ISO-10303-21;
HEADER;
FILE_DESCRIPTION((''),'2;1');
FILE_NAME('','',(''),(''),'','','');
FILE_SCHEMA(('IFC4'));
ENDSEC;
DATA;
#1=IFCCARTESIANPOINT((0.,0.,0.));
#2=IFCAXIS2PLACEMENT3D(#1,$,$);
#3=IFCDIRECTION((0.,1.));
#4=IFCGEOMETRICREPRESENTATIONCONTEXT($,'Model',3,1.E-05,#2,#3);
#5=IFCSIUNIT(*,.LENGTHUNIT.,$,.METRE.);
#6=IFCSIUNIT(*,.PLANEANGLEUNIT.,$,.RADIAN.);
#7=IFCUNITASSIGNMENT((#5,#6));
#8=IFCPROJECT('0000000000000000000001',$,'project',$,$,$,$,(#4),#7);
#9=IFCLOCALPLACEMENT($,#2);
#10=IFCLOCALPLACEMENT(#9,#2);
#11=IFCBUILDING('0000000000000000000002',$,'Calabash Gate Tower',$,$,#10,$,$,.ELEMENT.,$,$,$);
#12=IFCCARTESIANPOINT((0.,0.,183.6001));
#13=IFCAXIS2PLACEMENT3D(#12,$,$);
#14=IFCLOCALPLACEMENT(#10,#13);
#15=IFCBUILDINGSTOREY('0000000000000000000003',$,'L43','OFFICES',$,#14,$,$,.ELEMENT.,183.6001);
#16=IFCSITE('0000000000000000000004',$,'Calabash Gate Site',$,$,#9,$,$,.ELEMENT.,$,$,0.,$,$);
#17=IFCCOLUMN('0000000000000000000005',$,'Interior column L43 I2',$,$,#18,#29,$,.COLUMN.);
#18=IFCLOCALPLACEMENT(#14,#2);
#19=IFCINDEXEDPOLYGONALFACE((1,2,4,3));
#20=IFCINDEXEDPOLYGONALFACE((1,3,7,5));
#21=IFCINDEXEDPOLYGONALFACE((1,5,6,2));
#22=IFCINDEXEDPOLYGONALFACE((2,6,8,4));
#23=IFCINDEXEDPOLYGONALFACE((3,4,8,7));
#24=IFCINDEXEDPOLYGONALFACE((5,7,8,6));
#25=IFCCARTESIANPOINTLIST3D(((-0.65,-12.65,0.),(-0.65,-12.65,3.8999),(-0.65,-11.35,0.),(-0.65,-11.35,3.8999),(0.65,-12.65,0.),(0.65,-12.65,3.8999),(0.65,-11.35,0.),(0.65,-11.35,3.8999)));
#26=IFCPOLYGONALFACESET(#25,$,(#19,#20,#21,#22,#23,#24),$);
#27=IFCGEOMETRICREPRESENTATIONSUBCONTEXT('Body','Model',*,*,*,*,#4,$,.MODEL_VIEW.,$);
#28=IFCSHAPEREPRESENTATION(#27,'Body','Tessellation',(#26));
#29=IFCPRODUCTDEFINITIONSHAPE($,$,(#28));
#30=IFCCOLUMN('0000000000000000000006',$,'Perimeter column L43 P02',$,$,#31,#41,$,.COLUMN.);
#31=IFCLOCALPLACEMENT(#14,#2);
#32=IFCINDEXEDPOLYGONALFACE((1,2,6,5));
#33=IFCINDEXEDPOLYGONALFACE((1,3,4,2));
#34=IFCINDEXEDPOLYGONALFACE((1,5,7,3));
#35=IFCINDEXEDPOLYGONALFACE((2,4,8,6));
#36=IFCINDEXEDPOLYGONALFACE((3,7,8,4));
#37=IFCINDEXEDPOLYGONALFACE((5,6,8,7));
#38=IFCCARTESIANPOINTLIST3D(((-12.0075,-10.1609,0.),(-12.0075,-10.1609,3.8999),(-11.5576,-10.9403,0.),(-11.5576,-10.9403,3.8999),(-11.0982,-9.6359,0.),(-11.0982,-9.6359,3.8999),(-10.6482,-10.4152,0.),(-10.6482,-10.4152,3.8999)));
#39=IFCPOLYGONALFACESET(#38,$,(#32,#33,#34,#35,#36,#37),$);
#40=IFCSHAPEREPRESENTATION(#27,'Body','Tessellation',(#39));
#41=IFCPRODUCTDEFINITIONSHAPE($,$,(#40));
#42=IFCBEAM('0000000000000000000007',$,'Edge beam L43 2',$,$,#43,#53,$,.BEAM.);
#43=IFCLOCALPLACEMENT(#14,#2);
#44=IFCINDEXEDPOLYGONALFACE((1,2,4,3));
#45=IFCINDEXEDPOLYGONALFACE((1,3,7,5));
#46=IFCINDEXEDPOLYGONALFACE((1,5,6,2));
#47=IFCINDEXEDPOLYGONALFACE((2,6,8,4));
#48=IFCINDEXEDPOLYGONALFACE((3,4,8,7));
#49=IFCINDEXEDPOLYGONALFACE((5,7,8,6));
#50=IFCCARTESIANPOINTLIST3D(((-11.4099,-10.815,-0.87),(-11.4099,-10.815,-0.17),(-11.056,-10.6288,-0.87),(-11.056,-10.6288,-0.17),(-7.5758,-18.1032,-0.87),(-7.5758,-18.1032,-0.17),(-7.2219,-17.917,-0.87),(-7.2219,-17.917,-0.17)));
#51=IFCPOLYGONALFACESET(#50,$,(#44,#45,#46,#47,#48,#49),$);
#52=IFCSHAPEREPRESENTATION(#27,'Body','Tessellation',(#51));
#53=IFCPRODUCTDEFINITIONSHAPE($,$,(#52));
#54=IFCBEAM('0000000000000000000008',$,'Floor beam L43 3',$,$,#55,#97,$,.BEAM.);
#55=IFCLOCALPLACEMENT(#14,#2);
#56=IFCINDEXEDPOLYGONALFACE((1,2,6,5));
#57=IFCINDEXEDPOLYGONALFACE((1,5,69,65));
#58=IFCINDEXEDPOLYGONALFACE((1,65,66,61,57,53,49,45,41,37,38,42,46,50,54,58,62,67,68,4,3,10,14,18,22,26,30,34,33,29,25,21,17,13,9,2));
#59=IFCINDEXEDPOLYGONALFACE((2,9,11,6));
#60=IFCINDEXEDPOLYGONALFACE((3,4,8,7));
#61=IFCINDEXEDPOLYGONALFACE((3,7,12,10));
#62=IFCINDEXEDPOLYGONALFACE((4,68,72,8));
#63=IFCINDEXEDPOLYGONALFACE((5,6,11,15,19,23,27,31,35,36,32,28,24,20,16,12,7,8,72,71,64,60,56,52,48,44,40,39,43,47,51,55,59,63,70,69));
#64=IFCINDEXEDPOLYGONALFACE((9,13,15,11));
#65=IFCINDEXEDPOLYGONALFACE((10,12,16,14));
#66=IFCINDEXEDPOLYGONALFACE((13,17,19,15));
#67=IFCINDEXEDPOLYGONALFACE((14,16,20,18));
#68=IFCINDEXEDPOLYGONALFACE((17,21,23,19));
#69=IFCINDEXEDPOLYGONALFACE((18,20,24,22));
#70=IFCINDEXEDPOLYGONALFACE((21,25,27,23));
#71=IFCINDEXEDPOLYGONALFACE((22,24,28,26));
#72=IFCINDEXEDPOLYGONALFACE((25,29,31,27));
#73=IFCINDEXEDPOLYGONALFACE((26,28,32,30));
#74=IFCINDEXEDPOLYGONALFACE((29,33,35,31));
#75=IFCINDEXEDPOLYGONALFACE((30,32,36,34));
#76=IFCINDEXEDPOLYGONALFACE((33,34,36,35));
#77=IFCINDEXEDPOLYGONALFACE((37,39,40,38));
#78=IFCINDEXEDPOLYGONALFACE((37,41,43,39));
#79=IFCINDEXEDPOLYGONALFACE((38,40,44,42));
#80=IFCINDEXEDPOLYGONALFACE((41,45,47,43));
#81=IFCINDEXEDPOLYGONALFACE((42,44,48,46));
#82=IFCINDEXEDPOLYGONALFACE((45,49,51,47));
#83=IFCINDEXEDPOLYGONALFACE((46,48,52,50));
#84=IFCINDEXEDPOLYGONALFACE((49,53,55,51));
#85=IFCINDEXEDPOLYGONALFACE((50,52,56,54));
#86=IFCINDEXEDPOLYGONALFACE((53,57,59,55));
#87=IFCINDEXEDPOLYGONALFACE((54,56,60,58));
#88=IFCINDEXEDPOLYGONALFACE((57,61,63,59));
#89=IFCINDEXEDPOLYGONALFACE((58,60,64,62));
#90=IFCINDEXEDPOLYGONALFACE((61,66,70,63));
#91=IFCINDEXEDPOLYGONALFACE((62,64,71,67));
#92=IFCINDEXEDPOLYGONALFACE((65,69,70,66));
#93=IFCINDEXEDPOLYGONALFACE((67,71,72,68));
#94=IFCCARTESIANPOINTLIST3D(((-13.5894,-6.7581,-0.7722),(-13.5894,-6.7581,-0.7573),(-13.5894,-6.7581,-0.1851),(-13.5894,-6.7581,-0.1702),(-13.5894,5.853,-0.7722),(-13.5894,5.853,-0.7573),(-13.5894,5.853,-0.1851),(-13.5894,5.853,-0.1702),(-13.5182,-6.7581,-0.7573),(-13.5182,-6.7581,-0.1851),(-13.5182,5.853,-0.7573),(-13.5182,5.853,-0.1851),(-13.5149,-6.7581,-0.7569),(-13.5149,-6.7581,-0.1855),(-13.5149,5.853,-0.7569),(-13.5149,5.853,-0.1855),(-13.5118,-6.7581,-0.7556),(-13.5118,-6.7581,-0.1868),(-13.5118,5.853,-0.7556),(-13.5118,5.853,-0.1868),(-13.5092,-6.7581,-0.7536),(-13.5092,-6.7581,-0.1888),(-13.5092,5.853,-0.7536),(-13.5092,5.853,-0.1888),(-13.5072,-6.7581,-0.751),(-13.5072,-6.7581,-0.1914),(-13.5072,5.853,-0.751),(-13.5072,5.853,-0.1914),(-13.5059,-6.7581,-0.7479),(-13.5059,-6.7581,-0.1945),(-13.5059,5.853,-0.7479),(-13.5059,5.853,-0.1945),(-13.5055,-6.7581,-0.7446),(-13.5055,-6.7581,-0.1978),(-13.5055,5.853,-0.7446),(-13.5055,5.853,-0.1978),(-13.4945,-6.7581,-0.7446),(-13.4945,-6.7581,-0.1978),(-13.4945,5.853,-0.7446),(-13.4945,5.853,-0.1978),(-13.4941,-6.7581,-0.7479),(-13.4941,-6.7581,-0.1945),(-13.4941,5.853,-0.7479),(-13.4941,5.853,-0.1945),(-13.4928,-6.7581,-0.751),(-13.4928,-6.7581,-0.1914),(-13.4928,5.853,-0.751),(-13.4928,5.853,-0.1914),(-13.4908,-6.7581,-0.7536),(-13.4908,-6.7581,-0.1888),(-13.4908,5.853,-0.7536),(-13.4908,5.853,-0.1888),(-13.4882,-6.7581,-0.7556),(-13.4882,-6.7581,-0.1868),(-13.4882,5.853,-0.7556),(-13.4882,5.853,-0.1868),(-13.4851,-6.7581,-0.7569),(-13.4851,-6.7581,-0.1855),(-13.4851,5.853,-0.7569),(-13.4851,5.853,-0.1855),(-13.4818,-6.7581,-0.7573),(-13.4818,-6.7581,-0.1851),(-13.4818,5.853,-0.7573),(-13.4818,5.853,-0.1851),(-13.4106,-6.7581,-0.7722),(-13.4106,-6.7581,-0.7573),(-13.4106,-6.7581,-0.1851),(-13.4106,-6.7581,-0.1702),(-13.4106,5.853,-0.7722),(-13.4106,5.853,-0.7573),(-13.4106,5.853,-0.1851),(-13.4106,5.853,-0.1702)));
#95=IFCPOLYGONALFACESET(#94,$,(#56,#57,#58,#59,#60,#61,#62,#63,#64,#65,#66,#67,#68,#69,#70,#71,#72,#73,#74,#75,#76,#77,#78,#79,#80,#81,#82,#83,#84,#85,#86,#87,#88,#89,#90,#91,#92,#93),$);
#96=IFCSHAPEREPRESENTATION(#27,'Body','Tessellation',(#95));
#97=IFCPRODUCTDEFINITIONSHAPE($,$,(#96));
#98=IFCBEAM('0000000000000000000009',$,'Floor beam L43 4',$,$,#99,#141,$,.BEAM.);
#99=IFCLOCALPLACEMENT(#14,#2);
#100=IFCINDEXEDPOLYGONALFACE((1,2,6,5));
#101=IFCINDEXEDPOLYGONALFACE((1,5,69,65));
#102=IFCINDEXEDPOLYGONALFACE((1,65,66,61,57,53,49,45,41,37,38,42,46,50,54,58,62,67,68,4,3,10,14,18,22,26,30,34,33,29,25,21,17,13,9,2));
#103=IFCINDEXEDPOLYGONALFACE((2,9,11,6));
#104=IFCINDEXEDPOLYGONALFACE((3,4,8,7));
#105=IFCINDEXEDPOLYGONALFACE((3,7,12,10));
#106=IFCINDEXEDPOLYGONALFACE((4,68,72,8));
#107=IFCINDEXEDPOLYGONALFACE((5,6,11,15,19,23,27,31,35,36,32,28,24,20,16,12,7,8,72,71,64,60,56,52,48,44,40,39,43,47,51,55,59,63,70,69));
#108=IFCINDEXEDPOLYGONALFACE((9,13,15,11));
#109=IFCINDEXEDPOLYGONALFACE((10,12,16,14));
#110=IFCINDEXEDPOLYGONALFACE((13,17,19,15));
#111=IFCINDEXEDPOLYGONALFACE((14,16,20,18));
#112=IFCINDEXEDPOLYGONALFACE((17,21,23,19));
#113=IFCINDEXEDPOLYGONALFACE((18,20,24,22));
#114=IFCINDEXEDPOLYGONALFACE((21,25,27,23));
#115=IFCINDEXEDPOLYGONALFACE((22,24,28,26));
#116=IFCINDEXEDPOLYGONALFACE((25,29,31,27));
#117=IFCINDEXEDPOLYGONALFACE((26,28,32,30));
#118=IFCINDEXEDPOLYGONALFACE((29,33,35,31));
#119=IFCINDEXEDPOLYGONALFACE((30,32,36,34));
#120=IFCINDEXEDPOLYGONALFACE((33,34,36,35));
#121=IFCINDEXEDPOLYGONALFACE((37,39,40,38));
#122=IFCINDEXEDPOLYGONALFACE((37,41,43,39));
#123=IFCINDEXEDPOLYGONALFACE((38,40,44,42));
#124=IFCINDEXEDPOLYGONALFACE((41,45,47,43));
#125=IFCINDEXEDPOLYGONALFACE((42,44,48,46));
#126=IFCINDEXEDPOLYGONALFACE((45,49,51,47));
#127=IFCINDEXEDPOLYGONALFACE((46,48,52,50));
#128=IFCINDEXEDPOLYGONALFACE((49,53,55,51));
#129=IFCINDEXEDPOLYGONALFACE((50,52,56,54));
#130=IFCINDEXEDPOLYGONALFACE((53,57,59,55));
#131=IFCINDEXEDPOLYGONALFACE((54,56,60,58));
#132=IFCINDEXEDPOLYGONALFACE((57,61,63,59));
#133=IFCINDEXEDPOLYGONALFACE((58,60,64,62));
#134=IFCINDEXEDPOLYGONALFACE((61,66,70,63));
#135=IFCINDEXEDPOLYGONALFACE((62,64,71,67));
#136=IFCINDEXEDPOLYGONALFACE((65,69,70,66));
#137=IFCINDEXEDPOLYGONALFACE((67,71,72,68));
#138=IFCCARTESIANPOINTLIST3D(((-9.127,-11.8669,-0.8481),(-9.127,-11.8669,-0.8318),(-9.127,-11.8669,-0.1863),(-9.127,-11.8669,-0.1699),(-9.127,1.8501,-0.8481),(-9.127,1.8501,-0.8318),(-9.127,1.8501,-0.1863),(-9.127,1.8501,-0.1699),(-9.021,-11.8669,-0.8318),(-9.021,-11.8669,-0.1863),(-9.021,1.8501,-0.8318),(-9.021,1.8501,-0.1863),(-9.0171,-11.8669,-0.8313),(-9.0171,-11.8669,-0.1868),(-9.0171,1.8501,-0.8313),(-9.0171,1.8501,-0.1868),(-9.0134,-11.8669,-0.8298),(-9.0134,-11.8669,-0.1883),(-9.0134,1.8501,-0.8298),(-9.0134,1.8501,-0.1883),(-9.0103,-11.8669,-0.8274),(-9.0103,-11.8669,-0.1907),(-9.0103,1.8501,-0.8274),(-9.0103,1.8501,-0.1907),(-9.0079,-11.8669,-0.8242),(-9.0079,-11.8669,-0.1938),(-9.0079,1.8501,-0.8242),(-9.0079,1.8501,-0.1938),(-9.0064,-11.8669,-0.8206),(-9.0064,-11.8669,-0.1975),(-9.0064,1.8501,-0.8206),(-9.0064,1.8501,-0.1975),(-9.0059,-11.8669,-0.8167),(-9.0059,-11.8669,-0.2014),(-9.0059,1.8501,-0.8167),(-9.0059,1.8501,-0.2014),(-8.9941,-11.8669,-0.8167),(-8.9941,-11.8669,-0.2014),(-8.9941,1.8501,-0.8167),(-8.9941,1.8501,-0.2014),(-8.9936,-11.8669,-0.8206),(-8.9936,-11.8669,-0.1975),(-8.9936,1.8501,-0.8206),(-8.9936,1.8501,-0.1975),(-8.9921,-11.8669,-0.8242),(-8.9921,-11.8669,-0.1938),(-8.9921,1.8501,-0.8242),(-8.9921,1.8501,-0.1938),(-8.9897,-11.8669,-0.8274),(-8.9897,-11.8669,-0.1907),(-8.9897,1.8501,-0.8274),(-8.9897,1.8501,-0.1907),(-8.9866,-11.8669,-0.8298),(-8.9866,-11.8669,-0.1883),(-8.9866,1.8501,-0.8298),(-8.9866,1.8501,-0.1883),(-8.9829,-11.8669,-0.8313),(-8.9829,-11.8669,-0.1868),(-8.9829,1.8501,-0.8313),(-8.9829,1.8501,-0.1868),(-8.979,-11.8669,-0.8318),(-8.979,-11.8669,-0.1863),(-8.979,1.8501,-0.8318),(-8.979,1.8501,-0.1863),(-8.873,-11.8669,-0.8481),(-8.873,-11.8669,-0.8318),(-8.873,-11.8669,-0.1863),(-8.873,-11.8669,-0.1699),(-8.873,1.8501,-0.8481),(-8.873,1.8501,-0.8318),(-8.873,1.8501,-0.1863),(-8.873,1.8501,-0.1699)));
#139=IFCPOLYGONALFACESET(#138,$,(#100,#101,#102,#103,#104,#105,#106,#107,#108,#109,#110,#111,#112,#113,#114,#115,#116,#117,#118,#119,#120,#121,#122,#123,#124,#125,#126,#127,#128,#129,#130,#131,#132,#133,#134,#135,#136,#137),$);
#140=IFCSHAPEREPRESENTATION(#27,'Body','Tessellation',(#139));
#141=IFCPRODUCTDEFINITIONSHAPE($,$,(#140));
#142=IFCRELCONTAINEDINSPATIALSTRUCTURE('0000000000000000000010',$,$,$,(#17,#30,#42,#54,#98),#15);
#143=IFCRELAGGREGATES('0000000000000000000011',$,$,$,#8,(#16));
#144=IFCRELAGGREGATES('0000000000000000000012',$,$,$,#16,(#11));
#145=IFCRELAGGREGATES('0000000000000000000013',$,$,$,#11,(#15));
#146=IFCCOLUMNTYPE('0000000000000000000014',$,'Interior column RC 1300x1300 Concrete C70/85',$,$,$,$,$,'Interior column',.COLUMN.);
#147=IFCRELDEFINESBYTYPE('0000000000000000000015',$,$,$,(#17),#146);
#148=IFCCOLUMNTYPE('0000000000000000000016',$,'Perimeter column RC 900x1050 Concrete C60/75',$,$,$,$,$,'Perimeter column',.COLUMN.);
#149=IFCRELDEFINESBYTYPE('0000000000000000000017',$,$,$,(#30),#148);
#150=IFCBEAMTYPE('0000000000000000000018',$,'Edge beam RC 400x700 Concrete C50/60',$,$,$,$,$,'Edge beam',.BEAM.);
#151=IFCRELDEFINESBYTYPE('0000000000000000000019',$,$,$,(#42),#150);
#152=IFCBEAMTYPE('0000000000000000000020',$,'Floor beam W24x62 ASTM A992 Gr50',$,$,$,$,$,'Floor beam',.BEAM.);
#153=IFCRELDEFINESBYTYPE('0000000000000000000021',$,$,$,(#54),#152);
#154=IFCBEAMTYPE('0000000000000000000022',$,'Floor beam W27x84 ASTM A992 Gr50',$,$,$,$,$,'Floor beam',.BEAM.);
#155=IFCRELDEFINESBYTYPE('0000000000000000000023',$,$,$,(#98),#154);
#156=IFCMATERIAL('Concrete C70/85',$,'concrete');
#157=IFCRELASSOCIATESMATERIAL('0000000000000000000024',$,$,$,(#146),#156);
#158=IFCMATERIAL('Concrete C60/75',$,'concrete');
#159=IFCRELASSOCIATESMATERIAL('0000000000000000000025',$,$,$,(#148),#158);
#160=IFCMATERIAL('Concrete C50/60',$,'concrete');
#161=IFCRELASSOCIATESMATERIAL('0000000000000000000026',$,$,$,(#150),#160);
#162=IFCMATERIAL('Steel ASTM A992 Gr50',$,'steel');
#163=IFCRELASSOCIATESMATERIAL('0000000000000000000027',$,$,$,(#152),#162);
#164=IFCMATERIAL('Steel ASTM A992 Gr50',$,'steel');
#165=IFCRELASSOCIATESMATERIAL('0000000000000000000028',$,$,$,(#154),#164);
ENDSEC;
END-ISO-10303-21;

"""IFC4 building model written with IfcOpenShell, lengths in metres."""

from ifc_helpers import new_model, si_unit, direction, frame, origin, origin_2d, place, context, subcontext, project, spatial, rectangle, i_section, extrude, material, material_profile, profile_set, type_object, element, save


model = new_model("IFC4")

# Units and contexts
model_context = context("Model", 3, precision=1e-05, world=origin(), true_north=direction((0.0, 1.0)))
body_context = subcontext(model_context, "Body", "Model", "MODEL_VIEW")
ifc_project = project(units=[si_unit("LENGTHUNIT", "METRE"), si_unit("PLANEANGLEUNIT", "RADIAN")], contexts=[model_context])

# Site, building, storey
site_placement = place(None, origin())
site = spatial("IfcSite", under=ifc_project, at=site_placement, Name="Calabash Gate Site", CompositionType="ELEMENT", RefElevation=0.0)
building_placement = place(site_placement, origin())
building = spatial("IfcBuilding", under=site, at=building_placement, Name="Calabash Gate Tower", CompositionType="ELEMENT")
storey_placement = place(building_placement, frame((0.0, 0.0, 183.6001)))
storey = spatial("IfcBuildingStorey", under=building, at=storey_placement, Name="L43", Description="OFFICES", CompositionType="ELEMENT", Elevation=183.6001)

# Columns
ifc_material_1 = material(Name="Concrete C70/85", Category="concrete")
ifc_material_profile_1 = material_profile(ifc_material_1, rectangle(XDim=1.3, YDim=1.3, at=origin_2d()))
ifc_profile_set_1 = profile_set([ifc_material_profile_1], Name="Concrete C70/85")
column_type_1 = type_object("IfcColumnType", Name="Interior column RC 1300x1300 Concrete C70/85", ElementType="Interior column", PredefinedType="COLUMN", material=ifc_profile_set_1)
column_1_placement = place(storey_placement, frame((0.0, -12.0, 0.0), z_axis=(0.0, 0.0, 1.0), x_axis=(1.0, 0.0, 0.0)))
element("IfcColumn", 1, at=column_1_placement, inside=storey, type_object=column_type_1, Name="Interior column L43 I2", PredefinedType="COLUMN", context=body_context, shape_type="SweptSolid", body=[
    extrude(rectangle(XDim=1.3, YDim=1.3, at=origin_2d()), origin(), (0.0, 0.0, 1.0), 3.8999),
])
ifc_material_2 = material(Name="Concrete C60/75", Category="concrete")
ifc_material_profile_2 = material_profile(ifc_material_2, rectangle(XDim=0.8999, YDim=1.05, at=origin_2d()))
ifc_profile_set_2 = profile_set([ifc_material_profile_2], Name="Concrete C60/75")
column_type_2 = type_object("IfcColumnType", Name="Perimeter column RC 900x1050 Concrete C60/75", ElementType="Perimeter column", PredefinedType="COLUMN", material=ifc_profile_set_2)
column_2_placement = place(storey_placement, frame((-11.3279, -10.2881, 0.0), z_axis=(0.0, 0.0, 1.0), x_axis=(0.5, -0.866025, 0.0)))
element("IfcColumn", 2, at=column_2_placement, inside=storey, type_object=column_type_2, Name="Perimeter column L43 P02", PredefinedType="COLUMN", context=body_context, shape_type="SweptSolid", body=[
    extrude(rectangle(XDim=0.8999, YDim=1.05, at=origin_2d()), origin(), (0.0, 0.0, 1.0), 3.8999),
])

# Beams
ifc_material_3 = material(Name="Concrete C50/60", Category="concrete")
ifc_material_profile_3 = material_profile(ifc_material_3, rectangle(XDim=0.3999, YDim=0.7, at=origin_2d()))
ifc_profile_set_3 = profile_set([ifc_material_profile_3], Name="Concrete C50/60")
beam_type_1 = type_object("IfcBeamType", Name="Edge beam RC 400x700 Concrete C50/60", ElementType="Edge beam", PredefinedType="BEAM", material=ifc_profile_set_3)
beam_1_placement = place(storey_placement, frame((-11.2329, -10.7219, -0.52), z_axis=(0.46557, -0.885011, 0.0), x_axis=(0.885011, 0.46557, 0.0)))
element("IfcBeam", 3, at=beam_1_placement, inside=storey, type_object=beam_type_1, Name="Edge beam L43 2", PredefinedType="BEAM", context=body_context, shape_type="SweptSolid", body=[
    extrude(rectangle(XDim=0.3999, YDim=0.7, at=origin_2d()), origin(), (0.0, 0.0, 1.0), 8.2351),
])
ifc_material_4 = material(Name="Steel ASTM A992 Gr50", Category="steel")
ifc_material_profile_4 = material_profile(ifc_material_4, i_section(OverallWidth=0.1787, OverallDepth=0.6021, WebThickness=0.011, FlangeThickness=0.0149, FilletRadius=0.0127, at=origin_2d()))
ifc_profile_set_4 = profile_set([ifc_material_profile_4], Name="Steel ASTM A992 Gr50")
beam_type_2 = type_object("IfcBeamType", Name="Floor beam W24x62 ASTM A992 Gr50", ElementType="Floor beam", PredefinedType="BEAM", material=ifc_profile_set_4)
beam_2_placement = place(storey_placement, frame((-13.5, -6.7581, -0.4712), z_axis=(0.0, 1.0, 0.0), x_axis=(-1.0, 0.0, 0.0)))
element("IfcBeam", 4, at=beam_2_placement, inside=storey, type_object=beam_type_2, Name="Floor beam L43 3", PredefinedType="BEAM", context=body_context, shape_type="SweptSolid", body=[
    extrude(i_section(OverallWidth=0.1787, OverallDepth=0.6021, WebThickness=0.011, FlangeThickness=0.0149, FilletRadius=0.0127, at=origin_2d()), origin(), (0.0, 0.0, 1.0), 12.6111),
])
ifc_material_5 = material(Name="Steel ASTM A992 Gr50", Category="steel")
ifc_material_profile_5 = material_profile(ifc_material_5, i_section(OverallWidth=0.2539, OverallDepth=0.6782, WebThickness=0.0117, FlangeThickness=0.0164, FilletRadius=0.0151, at=origin_2d()))
ifc_profile_set_5 = profile_set([ifc_material_profile_5], Name="Steel ASTM A992 Gr50")
beam_type_3 = type_object("IfcBeamType", Name="Floor beam W27x84 ASTM A992 Gr50", ElementType="Floor beam", PredefinedType="BEAM", material=ifc_profile_set_5)
beam_3_placement = place(storey_placement, frame((-9.0, -11.8669, -0.509), z_axis=(0.0, 1.0, 0.0), x_axis=(-1.0, 0.0, 0.0)))
element("IfcBeam", 5, at=beam_3_placement, inside=storey, type_object=beam_type_3, Name="Floor beam L43 4", PredefinedType="BEAM", context=body_context, shape_type="SweptSolid", body=[
    extrude(i_section(OverallWidth=0.2539, OverallDepth=0.6782, WebThickness=0.0117, FlangeThickness=0.0164, FilletRadius=0.0151, at=origin_2d()), origin(), (0.0, 0.0, 1.0), 13.717),
])

save(model, "model.ifc")
